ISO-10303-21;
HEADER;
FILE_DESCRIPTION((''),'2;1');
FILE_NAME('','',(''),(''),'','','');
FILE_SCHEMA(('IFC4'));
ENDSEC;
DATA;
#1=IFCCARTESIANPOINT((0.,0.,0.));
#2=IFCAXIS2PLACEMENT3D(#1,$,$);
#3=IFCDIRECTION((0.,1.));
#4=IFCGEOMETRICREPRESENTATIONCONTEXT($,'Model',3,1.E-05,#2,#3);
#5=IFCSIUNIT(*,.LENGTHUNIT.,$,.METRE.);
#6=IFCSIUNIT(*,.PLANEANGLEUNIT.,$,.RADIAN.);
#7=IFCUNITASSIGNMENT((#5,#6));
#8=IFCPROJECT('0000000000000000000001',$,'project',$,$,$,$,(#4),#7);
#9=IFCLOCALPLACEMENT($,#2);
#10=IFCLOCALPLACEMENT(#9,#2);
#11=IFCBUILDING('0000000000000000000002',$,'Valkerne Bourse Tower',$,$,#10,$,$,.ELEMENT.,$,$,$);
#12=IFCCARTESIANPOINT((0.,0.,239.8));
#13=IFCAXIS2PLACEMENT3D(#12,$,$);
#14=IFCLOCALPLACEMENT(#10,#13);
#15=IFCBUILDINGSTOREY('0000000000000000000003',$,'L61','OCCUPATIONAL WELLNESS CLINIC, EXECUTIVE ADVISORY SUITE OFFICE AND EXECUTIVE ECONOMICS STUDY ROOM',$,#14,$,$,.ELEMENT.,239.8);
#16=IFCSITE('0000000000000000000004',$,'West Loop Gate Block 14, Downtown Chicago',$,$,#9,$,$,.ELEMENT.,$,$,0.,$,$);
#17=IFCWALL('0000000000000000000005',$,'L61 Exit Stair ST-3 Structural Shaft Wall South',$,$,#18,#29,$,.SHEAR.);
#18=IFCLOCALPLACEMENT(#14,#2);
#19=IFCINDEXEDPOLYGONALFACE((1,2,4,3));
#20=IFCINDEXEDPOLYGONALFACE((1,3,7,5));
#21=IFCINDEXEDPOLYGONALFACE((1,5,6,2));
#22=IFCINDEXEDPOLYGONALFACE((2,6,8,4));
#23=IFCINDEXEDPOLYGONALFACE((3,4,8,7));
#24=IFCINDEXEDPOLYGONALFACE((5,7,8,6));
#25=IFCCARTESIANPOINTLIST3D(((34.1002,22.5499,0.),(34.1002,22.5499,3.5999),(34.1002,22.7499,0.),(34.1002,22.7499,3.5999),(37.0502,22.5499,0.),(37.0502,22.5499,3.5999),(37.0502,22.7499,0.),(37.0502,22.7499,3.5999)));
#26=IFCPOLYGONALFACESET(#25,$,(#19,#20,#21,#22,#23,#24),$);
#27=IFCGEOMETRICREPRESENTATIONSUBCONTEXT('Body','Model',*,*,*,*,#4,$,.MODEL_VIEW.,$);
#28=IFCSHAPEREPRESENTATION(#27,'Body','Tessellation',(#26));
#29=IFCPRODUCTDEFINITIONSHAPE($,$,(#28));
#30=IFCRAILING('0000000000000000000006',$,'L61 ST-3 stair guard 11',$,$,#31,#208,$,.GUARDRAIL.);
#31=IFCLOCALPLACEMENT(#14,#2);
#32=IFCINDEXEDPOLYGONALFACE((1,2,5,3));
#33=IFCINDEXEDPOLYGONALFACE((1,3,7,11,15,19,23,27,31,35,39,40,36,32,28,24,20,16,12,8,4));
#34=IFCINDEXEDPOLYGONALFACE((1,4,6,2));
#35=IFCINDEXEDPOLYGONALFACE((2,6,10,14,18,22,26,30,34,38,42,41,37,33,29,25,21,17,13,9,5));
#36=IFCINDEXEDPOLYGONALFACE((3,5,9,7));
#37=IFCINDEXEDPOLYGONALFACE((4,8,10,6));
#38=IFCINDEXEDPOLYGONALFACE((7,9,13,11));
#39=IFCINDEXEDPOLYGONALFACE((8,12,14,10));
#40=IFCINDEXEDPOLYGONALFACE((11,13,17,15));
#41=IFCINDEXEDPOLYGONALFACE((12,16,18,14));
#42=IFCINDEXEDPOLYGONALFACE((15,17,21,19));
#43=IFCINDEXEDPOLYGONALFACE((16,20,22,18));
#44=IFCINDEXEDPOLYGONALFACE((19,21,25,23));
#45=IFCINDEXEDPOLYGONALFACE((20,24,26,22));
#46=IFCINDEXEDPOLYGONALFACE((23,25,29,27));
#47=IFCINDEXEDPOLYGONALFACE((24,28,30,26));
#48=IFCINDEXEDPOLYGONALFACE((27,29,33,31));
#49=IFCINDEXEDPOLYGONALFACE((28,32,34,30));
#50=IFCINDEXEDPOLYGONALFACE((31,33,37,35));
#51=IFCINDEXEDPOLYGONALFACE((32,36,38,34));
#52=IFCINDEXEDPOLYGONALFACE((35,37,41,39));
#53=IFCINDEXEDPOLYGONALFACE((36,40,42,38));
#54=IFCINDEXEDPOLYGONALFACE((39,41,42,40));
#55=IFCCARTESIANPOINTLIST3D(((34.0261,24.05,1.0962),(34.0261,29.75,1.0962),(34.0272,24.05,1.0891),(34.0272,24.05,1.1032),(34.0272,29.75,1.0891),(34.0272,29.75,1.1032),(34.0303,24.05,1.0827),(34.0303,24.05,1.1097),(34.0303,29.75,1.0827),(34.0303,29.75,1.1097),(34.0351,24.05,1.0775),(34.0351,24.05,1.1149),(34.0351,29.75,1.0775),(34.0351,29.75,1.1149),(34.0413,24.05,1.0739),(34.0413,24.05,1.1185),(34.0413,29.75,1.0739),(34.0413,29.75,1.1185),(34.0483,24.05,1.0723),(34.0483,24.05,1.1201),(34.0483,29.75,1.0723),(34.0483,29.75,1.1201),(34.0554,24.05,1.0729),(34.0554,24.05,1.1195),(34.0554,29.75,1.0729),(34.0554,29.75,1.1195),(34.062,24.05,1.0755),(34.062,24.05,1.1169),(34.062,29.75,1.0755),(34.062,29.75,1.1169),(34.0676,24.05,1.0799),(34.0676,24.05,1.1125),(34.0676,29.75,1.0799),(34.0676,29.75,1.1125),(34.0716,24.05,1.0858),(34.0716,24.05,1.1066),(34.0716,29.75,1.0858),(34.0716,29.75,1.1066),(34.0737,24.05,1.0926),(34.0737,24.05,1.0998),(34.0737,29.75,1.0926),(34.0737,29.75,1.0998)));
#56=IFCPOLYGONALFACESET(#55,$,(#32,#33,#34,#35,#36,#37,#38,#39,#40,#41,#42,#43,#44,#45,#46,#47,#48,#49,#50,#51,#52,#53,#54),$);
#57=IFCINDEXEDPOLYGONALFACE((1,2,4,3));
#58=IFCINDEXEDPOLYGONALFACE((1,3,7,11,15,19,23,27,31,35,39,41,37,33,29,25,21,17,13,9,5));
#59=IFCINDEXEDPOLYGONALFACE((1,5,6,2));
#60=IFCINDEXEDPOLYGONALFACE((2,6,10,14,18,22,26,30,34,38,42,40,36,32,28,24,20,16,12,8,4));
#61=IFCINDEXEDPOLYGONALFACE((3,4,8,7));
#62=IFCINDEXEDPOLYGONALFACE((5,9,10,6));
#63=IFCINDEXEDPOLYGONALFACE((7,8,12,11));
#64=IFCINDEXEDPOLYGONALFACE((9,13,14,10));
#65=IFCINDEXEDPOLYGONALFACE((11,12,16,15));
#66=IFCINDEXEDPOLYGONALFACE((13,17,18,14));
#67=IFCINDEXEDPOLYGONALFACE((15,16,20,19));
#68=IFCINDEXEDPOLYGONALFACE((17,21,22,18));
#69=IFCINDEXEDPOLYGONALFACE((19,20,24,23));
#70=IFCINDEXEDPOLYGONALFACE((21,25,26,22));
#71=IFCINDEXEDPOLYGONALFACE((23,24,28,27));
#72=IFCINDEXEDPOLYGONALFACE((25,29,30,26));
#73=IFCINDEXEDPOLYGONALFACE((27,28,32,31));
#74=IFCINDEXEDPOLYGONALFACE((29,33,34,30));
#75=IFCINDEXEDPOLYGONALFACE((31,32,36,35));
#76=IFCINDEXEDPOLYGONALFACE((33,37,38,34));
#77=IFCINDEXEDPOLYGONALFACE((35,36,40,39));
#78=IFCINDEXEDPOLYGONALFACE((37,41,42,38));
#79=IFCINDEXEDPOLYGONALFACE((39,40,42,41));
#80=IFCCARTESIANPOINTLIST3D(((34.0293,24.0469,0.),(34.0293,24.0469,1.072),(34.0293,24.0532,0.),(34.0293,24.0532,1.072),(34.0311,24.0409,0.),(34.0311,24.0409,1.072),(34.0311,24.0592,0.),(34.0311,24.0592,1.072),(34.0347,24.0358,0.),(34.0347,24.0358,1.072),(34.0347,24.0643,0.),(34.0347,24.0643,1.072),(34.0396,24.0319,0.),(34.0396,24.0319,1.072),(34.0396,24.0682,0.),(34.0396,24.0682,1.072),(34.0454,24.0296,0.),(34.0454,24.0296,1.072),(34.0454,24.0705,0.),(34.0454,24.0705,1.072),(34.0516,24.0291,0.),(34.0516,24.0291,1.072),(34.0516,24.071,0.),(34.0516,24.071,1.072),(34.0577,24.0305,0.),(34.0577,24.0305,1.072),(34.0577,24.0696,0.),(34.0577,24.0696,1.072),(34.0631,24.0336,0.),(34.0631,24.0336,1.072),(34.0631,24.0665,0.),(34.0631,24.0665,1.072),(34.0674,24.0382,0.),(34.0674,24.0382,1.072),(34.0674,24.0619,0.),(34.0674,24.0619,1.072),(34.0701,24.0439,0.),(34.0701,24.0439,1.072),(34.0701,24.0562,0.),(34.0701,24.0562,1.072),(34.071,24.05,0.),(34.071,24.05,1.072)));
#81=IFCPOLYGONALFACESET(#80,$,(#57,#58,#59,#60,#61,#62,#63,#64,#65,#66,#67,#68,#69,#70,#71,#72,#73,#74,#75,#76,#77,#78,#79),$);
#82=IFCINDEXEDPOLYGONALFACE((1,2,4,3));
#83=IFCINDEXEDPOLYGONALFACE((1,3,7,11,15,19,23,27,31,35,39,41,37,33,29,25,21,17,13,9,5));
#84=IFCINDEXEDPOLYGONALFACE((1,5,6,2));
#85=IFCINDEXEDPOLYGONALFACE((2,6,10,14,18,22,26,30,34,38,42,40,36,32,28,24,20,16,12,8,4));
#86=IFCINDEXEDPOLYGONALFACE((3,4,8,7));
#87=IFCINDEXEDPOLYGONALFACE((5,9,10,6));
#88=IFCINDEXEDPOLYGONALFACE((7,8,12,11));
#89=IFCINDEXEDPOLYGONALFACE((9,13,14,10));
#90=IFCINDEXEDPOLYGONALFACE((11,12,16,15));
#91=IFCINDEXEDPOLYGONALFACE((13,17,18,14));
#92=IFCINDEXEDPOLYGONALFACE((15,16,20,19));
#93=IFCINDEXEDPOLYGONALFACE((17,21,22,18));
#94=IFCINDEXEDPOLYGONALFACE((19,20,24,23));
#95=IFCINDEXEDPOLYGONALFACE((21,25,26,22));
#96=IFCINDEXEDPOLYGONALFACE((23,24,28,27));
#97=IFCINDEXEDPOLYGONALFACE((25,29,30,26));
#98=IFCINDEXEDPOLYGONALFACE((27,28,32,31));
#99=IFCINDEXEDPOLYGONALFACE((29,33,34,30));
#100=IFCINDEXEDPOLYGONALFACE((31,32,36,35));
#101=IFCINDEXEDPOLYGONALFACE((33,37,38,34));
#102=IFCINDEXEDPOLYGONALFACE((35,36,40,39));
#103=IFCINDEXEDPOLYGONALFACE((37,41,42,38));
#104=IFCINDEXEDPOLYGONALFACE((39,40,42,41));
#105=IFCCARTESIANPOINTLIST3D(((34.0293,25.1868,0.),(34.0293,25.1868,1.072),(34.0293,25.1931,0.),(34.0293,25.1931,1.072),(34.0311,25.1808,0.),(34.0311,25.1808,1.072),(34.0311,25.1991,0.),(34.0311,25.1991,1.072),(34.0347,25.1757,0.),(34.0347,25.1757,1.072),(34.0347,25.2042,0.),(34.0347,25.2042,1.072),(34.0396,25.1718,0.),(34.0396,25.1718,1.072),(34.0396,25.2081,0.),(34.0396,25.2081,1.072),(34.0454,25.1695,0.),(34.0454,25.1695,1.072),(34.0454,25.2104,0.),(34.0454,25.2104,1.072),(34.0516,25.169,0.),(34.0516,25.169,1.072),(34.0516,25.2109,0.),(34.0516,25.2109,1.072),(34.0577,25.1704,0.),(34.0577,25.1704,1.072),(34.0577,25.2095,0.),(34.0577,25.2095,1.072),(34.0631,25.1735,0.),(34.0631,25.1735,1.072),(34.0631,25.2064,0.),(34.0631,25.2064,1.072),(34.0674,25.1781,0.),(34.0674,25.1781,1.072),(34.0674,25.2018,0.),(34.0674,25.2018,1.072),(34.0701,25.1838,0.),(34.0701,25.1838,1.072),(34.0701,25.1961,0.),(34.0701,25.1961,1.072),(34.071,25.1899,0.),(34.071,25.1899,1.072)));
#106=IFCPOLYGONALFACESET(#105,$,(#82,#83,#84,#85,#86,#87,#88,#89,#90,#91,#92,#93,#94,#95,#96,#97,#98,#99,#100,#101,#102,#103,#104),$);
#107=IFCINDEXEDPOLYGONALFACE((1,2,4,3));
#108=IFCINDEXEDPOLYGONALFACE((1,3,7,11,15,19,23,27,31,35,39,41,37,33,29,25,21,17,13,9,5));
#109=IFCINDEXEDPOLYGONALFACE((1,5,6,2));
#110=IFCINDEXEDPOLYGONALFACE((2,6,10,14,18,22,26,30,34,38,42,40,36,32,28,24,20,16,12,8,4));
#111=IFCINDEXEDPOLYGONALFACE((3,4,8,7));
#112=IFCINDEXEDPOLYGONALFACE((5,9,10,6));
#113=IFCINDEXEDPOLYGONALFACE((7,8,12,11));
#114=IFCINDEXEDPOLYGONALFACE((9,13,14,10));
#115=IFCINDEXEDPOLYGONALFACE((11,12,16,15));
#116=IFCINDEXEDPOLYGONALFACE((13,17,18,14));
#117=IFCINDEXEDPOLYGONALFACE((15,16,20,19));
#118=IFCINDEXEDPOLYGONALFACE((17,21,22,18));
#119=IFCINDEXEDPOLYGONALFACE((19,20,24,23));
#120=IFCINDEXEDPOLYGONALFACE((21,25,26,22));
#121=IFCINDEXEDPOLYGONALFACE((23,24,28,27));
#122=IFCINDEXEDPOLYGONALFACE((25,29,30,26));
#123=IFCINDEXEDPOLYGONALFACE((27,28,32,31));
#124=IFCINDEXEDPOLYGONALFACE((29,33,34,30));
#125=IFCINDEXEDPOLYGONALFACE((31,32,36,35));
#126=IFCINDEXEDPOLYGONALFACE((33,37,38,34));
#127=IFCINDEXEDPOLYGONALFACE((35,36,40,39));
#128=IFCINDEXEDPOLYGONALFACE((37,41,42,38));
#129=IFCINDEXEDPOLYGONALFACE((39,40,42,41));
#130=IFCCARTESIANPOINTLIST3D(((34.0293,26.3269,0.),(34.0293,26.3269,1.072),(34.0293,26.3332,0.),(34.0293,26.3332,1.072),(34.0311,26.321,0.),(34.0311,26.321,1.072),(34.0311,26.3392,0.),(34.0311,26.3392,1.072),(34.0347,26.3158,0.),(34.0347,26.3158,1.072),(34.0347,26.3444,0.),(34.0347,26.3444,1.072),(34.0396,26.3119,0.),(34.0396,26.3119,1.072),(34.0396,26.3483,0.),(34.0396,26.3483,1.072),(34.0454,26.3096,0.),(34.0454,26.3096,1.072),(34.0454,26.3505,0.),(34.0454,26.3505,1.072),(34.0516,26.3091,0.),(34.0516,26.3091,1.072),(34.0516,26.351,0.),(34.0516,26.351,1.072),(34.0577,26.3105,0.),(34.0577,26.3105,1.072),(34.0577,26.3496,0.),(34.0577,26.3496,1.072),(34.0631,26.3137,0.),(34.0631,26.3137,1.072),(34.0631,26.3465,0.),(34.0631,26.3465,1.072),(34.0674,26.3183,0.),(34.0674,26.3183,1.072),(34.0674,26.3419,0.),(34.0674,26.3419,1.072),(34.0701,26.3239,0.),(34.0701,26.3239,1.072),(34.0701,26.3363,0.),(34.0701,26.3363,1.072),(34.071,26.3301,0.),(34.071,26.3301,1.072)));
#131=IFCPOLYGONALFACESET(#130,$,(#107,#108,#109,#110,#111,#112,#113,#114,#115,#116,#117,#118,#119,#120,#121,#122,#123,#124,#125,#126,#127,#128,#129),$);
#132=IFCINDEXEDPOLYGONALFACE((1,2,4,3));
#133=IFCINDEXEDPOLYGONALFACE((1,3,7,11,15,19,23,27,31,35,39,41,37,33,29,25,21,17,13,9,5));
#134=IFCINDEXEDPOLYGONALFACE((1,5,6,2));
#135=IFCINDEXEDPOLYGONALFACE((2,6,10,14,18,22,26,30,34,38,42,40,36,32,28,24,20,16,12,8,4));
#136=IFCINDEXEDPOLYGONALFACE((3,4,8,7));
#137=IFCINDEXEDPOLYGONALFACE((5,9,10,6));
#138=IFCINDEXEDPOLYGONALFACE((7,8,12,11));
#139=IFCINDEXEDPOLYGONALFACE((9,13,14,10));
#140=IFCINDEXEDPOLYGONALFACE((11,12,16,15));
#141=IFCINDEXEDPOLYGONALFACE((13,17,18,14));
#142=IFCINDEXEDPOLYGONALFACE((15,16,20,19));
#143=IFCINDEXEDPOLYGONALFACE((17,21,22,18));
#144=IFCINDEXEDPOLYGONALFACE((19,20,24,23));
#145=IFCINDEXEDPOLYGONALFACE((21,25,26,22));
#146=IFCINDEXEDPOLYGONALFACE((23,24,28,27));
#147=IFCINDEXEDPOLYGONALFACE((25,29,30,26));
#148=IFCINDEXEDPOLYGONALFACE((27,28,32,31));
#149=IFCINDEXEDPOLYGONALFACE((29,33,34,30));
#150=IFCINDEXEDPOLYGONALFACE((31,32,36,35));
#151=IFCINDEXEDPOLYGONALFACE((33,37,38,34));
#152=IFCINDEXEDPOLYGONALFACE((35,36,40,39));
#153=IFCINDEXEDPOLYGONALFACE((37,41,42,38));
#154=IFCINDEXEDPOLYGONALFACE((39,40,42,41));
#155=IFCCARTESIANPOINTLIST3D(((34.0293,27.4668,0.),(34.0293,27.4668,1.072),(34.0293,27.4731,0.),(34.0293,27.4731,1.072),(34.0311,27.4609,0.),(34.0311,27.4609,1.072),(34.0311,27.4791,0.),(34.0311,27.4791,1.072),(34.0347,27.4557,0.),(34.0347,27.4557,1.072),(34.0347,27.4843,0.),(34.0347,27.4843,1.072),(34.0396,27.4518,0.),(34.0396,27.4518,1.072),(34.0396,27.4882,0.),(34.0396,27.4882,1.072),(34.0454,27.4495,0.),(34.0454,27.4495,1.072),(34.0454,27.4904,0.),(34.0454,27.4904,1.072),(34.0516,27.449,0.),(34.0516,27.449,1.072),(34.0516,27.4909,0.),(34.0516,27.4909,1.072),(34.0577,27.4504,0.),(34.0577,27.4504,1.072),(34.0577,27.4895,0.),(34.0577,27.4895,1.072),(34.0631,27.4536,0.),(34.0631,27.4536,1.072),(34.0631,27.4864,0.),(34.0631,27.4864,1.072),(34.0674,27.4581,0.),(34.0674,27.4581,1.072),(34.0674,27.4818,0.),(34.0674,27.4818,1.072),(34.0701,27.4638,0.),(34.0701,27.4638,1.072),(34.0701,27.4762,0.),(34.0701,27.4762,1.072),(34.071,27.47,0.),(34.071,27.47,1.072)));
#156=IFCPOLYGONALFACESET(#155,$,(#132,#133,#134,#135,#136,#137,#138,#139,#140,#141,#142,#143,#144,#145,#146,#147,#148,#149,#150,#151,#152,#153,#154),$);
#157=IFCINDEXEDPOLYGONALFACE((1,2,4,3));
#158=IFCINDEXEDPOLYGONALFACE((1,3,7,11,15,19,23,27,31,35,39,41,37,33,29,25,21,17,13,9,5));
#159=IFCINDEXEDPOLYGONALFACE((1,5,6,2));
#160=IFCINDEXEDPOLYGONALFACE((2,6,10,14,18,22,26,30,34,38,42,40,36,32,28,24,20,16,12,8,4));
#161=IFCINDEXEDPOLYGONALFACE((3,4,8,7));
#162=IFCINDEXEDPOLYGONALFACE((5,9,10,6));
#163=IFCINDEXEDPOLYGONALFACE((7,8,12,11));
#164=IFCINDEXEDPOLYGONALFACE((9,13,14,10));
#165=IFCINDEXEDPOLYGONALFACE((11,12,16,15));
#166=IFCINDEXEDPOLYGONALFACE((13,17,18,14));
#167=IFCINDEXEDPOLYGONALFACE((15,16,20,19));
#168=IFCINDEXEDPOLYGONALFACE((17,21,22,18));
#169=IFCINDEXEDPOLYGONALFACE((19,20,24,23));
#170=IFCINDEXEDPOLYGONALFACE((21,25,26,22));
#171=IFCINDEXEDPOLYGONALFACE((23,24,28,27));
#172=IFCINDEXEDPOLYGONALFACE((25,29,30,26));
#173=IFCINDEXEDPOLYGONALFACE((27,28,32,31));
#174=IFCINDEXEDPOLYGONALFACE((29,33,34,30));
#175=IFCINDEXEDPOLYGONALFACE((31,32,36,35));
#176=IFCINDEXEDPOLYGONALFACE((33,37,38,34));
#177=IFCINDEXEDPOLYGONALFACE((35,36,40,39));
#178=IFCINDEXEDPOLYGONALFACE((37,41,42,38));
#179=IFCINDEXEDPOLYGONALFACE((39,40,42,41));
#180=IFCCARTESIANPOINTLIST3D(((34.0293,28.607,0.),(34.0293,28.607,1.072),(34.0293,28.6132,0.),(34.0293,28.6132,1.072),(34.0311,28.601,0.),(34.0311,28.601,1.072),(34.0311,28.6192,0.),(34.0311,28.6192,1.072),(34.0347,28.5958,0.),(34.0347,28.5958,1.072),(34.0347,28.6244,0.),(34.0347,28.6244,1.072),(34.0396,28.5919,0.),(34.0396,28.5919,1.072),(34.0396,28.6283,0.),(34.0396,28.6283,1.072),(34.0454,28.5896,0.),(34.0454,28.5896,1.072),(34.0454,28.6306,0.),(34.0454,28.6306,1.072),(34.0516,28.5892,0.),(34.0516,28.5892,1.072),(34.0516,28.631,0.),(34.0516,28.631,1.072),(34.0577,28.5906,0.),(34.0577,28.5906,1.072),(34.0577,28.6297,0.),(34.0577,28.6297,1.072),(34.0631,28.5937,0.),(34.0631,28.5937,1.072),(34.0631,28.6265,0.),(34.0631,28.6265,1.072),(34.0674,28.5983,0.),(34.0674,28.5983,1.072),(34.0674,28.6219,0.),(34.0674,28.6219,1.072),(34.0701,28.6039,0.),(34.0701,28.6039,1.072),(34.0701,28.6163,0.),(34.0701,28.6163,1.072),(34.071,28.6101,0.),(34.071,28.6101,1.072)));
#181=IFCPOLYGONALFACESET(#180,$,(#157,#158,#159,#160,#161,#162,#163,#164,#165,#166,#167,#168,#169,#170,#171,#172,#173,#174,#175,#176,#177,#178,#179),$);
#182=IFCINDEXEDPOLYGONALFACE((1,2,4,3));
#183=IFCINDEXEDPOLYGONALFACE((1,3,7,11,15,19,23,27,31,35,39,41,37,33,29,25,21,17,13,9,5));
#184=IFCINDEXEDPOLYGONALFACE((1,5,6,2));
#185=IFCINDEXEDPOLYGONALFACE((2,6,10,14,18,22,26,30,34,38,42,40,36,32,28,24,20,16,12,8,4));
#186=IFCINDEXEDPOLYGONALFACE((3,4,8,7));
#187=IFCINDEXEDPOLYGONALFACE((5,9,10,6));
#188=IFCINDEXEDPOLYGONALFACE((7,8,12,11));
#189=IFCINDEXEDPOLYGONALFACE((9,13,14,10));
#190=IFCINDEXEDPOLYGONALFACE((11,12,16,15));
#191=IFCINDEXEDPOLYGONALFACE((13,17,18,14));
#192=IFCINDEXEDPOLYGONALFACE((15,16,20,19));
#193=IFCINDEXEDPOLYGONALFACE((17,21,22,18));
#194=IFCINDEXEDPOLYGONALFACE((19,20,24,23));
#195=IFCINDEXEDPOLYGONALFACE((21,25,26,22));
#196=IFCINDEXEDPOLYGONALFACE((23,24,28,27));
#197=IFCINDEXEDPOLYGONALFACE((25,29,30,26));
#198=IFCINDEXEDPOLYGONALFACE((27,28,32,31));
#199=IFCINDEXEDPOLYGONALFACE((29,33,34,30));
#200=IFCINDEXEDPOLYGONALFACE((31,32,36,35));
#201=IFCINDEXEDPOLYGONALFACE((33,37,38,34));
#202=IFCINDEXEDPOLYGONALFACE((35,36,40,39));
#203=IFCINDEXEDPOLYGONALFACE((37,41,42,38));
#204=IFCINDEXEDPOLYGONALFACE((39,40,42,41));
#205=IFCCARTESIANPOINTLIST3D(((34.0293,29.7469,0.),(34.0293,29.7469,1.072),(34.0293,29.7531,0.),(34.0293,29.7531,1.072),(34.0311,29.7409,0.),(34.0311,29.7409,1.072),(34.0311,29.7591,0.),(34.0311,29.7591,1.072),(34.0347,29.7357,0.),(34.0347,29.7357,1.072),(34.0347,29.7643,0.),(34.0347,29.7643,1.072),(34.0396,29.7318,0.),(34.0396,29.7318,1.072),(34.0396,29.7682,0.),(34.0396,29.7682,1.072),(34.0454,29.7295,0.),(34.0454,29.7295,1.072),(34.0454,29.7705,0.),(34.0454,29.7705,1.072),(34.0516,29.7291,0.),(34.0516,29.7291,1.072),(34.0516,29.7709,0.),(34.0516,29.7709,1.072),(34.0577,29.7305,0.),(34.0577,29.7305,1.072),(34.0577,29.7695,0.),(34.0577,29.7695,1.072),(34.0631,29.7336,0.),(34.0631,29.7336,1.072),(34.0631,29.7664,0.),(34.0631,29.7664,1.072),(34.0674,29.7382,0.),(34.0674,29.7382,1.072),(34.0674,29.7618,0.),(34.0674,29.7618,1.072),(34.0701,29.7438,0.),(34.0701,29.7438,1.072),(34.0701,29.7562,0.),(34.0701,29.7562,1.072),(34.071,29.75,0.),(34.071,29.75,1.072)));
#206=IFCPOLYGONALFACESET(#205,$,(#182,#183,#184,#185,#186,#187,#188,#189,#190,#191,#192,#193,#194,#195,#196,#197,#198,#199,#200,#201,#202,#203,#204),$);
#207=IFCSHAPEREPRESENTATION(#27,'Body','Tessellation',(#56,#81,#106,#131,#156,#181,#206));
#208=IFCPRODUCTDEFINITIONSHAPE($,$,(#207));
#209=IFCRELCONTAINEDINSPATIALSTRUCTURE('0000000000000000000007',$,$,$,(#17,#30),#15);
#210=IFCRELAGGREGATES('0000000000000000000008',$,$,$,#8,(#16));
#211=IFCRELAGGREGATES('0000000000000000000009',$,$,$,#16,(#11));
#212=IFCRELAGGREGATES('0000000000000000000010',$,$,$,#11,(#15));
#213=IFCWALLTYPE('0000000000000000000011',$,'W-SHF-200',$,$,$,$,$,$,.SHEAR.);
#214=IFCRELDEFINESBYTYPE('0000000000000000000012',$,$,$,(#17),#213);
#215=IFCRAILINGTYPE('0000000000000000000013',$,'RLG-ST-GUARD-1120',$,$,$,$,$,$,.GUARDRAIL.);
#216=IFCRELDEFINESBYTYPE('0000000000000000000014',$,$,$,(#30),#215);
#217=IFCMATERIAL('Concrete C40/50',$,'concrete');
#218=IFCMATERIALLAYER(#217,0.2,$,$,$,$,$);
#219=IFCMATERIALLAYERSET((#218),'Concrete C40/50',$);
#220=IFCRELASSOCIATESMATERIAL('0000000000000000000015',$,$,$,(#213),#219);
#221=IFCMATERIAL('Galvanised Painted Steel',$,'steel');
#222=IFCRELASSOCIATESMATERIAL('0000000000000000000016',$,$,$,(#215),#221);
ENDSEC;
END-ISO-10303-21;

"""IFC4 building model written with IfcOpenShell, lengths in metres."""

from ifc_helpers import new_model, si_unit, direction, frame, frame_2d, origin, origin_2d, place, context, subcontext, project, spatial, rectangle, circle, extrude, material, layer, layer_set, type_object, element, save


model = new_model("IFC4")

# Units and contexts
model_context = context("Model", 3, precision=1e-05, world=origin(), true_north=direction((0.0, 1.0)))
body_context = subcontext(model_context, "Body", "Model", "MODEL_VIEW")
ifc_project = project(units=[si_unit("LENGTHUNIT", "METRE"), si_unit("PLANEANGLEUNIT", "RADIAN")], contexts=[model_context])

# Site, building, storey
site_placement = place(None, origin())
site = spatial("IfcSite", under=ifc_project, at=site_placement, Name="West Loop Gate Block 14, Downtown Chicago", CompositionType="ELEMENT", RefElevation=0.0)
building_placement = place(site_placement, origin())
building = spatial("IfcBuilding", under=site, at=building_placement, Name="Valkerne Bourse Tower", CompositionType="ELEMENT")
storey_placement = place(building_placement, frame((0.0, 0.0, 239.8)))
storey = spatial("IfcBuildingStorey", under=building, at=storey_placement, Name="L61", Description="OCCUPATIONAL WELLNESS CLINIC, EXECUTIVE ADVISORY SUITE OFFICE AND EXECUTIVE ECONOMICS STUDY ROOM", CompositionType="ELEMENT", Elevation=239.8)

# Shared definitions
ifc_material_1 = material(Name="Concrete C40/50", Category="concrete")
ifc_layer_1 = layer(ifc_material_1, 0.2)
ifc_layer_set_1 = layer_set([ifc_layer_1], Name="Concrete C40/50")
wall_type_1 = type_object("IfcWallType", Name="W-SHF-200", PredefinedType="SHEAR", material=ifc_layer_set_1)
ifc_material_2 = material(Name="Galvanised Painted Steel", Category="steel")

# Wall
wall_1_placement = place(storey_placement, frame((34.1001, 22.6499, 0.0), z_axis=(0.0, 0.0, 1.0), x_axis=(1.0, 0.0, 0.0)))
element("IfcWall", 1, at=wall_1_placement, inside=storey, type_object=wall_type_1, Name="L61 Exit Stair ST-3 Structural Shaft Wall South", PredefinedType="SHEAR", context=body_context, shape_type="SweptSolid", body=[
    extrude(rectangle(XDim=2.95, YDim=0.2, at=frame_2d((1.4751, 0.0))), origin(), (0.0, 0.0, 1.0), 3.5999),
])

# Railing
railing_type = type_object("IfcRailingType", Name="RLG-ST-GUARD-1120", PredefinedType="GUARDRAIL", material=ifc_material_2)
railing_placement = place(storey_placement, frame((34.05, 24.05, 0.0)))
element("IfcRailing", 2, at=railing_placement, inside=storey, type_object=railing_type, Name="L61 ST-3 stair guard 11", PredefinedType="GUARDRAIL", context=body_context, shape_type="SweptSolid", body=[
    extrude(circle(Radius=0.0239, at=origin_2d()), frame((0.0, 0.0, 1.0962), z_axis=(0.0, 1.0, 0.0), x_axis=(-1.0, 0.0, 0.0)), (0.0, 0.0, 1.0), 5.7),
    extrude(circle(Radius=0.021, at=origin_2d()), origin(), (0.0, 0.0, 1.0), 1.072),
    extrude(circle(Radius=0.021, at=origin_2d()), frame((0.0, 1.1399, 0.0)), (0.0, 0.0, 1.0), 1.072),
    extrude(circle(Radius=0.021, at=origin_2d()), frame((0.0, 2.28, 0.0)), (0.0, 0.0, 1.0), 1.072),
    extrude(circle(Radius=0.021, at=origin_2d()), frame((0.0, 3.4199, 0.0)), (0.0, 0.0, 1.0), 1.072),
    extrude(circle(Radius=0.021, at=origin_2d()), frame((0.0, 4.5601, 0.0)), (0.0, 0.0, 1.0), 1.072),
    extrude(circle(Radius=0.021, at=origin_2d()), frame((0.0, 5.7, 0.0)), (0.0, 0.0, 1.0), 1.072),
])

save(model, "model.ifc")
